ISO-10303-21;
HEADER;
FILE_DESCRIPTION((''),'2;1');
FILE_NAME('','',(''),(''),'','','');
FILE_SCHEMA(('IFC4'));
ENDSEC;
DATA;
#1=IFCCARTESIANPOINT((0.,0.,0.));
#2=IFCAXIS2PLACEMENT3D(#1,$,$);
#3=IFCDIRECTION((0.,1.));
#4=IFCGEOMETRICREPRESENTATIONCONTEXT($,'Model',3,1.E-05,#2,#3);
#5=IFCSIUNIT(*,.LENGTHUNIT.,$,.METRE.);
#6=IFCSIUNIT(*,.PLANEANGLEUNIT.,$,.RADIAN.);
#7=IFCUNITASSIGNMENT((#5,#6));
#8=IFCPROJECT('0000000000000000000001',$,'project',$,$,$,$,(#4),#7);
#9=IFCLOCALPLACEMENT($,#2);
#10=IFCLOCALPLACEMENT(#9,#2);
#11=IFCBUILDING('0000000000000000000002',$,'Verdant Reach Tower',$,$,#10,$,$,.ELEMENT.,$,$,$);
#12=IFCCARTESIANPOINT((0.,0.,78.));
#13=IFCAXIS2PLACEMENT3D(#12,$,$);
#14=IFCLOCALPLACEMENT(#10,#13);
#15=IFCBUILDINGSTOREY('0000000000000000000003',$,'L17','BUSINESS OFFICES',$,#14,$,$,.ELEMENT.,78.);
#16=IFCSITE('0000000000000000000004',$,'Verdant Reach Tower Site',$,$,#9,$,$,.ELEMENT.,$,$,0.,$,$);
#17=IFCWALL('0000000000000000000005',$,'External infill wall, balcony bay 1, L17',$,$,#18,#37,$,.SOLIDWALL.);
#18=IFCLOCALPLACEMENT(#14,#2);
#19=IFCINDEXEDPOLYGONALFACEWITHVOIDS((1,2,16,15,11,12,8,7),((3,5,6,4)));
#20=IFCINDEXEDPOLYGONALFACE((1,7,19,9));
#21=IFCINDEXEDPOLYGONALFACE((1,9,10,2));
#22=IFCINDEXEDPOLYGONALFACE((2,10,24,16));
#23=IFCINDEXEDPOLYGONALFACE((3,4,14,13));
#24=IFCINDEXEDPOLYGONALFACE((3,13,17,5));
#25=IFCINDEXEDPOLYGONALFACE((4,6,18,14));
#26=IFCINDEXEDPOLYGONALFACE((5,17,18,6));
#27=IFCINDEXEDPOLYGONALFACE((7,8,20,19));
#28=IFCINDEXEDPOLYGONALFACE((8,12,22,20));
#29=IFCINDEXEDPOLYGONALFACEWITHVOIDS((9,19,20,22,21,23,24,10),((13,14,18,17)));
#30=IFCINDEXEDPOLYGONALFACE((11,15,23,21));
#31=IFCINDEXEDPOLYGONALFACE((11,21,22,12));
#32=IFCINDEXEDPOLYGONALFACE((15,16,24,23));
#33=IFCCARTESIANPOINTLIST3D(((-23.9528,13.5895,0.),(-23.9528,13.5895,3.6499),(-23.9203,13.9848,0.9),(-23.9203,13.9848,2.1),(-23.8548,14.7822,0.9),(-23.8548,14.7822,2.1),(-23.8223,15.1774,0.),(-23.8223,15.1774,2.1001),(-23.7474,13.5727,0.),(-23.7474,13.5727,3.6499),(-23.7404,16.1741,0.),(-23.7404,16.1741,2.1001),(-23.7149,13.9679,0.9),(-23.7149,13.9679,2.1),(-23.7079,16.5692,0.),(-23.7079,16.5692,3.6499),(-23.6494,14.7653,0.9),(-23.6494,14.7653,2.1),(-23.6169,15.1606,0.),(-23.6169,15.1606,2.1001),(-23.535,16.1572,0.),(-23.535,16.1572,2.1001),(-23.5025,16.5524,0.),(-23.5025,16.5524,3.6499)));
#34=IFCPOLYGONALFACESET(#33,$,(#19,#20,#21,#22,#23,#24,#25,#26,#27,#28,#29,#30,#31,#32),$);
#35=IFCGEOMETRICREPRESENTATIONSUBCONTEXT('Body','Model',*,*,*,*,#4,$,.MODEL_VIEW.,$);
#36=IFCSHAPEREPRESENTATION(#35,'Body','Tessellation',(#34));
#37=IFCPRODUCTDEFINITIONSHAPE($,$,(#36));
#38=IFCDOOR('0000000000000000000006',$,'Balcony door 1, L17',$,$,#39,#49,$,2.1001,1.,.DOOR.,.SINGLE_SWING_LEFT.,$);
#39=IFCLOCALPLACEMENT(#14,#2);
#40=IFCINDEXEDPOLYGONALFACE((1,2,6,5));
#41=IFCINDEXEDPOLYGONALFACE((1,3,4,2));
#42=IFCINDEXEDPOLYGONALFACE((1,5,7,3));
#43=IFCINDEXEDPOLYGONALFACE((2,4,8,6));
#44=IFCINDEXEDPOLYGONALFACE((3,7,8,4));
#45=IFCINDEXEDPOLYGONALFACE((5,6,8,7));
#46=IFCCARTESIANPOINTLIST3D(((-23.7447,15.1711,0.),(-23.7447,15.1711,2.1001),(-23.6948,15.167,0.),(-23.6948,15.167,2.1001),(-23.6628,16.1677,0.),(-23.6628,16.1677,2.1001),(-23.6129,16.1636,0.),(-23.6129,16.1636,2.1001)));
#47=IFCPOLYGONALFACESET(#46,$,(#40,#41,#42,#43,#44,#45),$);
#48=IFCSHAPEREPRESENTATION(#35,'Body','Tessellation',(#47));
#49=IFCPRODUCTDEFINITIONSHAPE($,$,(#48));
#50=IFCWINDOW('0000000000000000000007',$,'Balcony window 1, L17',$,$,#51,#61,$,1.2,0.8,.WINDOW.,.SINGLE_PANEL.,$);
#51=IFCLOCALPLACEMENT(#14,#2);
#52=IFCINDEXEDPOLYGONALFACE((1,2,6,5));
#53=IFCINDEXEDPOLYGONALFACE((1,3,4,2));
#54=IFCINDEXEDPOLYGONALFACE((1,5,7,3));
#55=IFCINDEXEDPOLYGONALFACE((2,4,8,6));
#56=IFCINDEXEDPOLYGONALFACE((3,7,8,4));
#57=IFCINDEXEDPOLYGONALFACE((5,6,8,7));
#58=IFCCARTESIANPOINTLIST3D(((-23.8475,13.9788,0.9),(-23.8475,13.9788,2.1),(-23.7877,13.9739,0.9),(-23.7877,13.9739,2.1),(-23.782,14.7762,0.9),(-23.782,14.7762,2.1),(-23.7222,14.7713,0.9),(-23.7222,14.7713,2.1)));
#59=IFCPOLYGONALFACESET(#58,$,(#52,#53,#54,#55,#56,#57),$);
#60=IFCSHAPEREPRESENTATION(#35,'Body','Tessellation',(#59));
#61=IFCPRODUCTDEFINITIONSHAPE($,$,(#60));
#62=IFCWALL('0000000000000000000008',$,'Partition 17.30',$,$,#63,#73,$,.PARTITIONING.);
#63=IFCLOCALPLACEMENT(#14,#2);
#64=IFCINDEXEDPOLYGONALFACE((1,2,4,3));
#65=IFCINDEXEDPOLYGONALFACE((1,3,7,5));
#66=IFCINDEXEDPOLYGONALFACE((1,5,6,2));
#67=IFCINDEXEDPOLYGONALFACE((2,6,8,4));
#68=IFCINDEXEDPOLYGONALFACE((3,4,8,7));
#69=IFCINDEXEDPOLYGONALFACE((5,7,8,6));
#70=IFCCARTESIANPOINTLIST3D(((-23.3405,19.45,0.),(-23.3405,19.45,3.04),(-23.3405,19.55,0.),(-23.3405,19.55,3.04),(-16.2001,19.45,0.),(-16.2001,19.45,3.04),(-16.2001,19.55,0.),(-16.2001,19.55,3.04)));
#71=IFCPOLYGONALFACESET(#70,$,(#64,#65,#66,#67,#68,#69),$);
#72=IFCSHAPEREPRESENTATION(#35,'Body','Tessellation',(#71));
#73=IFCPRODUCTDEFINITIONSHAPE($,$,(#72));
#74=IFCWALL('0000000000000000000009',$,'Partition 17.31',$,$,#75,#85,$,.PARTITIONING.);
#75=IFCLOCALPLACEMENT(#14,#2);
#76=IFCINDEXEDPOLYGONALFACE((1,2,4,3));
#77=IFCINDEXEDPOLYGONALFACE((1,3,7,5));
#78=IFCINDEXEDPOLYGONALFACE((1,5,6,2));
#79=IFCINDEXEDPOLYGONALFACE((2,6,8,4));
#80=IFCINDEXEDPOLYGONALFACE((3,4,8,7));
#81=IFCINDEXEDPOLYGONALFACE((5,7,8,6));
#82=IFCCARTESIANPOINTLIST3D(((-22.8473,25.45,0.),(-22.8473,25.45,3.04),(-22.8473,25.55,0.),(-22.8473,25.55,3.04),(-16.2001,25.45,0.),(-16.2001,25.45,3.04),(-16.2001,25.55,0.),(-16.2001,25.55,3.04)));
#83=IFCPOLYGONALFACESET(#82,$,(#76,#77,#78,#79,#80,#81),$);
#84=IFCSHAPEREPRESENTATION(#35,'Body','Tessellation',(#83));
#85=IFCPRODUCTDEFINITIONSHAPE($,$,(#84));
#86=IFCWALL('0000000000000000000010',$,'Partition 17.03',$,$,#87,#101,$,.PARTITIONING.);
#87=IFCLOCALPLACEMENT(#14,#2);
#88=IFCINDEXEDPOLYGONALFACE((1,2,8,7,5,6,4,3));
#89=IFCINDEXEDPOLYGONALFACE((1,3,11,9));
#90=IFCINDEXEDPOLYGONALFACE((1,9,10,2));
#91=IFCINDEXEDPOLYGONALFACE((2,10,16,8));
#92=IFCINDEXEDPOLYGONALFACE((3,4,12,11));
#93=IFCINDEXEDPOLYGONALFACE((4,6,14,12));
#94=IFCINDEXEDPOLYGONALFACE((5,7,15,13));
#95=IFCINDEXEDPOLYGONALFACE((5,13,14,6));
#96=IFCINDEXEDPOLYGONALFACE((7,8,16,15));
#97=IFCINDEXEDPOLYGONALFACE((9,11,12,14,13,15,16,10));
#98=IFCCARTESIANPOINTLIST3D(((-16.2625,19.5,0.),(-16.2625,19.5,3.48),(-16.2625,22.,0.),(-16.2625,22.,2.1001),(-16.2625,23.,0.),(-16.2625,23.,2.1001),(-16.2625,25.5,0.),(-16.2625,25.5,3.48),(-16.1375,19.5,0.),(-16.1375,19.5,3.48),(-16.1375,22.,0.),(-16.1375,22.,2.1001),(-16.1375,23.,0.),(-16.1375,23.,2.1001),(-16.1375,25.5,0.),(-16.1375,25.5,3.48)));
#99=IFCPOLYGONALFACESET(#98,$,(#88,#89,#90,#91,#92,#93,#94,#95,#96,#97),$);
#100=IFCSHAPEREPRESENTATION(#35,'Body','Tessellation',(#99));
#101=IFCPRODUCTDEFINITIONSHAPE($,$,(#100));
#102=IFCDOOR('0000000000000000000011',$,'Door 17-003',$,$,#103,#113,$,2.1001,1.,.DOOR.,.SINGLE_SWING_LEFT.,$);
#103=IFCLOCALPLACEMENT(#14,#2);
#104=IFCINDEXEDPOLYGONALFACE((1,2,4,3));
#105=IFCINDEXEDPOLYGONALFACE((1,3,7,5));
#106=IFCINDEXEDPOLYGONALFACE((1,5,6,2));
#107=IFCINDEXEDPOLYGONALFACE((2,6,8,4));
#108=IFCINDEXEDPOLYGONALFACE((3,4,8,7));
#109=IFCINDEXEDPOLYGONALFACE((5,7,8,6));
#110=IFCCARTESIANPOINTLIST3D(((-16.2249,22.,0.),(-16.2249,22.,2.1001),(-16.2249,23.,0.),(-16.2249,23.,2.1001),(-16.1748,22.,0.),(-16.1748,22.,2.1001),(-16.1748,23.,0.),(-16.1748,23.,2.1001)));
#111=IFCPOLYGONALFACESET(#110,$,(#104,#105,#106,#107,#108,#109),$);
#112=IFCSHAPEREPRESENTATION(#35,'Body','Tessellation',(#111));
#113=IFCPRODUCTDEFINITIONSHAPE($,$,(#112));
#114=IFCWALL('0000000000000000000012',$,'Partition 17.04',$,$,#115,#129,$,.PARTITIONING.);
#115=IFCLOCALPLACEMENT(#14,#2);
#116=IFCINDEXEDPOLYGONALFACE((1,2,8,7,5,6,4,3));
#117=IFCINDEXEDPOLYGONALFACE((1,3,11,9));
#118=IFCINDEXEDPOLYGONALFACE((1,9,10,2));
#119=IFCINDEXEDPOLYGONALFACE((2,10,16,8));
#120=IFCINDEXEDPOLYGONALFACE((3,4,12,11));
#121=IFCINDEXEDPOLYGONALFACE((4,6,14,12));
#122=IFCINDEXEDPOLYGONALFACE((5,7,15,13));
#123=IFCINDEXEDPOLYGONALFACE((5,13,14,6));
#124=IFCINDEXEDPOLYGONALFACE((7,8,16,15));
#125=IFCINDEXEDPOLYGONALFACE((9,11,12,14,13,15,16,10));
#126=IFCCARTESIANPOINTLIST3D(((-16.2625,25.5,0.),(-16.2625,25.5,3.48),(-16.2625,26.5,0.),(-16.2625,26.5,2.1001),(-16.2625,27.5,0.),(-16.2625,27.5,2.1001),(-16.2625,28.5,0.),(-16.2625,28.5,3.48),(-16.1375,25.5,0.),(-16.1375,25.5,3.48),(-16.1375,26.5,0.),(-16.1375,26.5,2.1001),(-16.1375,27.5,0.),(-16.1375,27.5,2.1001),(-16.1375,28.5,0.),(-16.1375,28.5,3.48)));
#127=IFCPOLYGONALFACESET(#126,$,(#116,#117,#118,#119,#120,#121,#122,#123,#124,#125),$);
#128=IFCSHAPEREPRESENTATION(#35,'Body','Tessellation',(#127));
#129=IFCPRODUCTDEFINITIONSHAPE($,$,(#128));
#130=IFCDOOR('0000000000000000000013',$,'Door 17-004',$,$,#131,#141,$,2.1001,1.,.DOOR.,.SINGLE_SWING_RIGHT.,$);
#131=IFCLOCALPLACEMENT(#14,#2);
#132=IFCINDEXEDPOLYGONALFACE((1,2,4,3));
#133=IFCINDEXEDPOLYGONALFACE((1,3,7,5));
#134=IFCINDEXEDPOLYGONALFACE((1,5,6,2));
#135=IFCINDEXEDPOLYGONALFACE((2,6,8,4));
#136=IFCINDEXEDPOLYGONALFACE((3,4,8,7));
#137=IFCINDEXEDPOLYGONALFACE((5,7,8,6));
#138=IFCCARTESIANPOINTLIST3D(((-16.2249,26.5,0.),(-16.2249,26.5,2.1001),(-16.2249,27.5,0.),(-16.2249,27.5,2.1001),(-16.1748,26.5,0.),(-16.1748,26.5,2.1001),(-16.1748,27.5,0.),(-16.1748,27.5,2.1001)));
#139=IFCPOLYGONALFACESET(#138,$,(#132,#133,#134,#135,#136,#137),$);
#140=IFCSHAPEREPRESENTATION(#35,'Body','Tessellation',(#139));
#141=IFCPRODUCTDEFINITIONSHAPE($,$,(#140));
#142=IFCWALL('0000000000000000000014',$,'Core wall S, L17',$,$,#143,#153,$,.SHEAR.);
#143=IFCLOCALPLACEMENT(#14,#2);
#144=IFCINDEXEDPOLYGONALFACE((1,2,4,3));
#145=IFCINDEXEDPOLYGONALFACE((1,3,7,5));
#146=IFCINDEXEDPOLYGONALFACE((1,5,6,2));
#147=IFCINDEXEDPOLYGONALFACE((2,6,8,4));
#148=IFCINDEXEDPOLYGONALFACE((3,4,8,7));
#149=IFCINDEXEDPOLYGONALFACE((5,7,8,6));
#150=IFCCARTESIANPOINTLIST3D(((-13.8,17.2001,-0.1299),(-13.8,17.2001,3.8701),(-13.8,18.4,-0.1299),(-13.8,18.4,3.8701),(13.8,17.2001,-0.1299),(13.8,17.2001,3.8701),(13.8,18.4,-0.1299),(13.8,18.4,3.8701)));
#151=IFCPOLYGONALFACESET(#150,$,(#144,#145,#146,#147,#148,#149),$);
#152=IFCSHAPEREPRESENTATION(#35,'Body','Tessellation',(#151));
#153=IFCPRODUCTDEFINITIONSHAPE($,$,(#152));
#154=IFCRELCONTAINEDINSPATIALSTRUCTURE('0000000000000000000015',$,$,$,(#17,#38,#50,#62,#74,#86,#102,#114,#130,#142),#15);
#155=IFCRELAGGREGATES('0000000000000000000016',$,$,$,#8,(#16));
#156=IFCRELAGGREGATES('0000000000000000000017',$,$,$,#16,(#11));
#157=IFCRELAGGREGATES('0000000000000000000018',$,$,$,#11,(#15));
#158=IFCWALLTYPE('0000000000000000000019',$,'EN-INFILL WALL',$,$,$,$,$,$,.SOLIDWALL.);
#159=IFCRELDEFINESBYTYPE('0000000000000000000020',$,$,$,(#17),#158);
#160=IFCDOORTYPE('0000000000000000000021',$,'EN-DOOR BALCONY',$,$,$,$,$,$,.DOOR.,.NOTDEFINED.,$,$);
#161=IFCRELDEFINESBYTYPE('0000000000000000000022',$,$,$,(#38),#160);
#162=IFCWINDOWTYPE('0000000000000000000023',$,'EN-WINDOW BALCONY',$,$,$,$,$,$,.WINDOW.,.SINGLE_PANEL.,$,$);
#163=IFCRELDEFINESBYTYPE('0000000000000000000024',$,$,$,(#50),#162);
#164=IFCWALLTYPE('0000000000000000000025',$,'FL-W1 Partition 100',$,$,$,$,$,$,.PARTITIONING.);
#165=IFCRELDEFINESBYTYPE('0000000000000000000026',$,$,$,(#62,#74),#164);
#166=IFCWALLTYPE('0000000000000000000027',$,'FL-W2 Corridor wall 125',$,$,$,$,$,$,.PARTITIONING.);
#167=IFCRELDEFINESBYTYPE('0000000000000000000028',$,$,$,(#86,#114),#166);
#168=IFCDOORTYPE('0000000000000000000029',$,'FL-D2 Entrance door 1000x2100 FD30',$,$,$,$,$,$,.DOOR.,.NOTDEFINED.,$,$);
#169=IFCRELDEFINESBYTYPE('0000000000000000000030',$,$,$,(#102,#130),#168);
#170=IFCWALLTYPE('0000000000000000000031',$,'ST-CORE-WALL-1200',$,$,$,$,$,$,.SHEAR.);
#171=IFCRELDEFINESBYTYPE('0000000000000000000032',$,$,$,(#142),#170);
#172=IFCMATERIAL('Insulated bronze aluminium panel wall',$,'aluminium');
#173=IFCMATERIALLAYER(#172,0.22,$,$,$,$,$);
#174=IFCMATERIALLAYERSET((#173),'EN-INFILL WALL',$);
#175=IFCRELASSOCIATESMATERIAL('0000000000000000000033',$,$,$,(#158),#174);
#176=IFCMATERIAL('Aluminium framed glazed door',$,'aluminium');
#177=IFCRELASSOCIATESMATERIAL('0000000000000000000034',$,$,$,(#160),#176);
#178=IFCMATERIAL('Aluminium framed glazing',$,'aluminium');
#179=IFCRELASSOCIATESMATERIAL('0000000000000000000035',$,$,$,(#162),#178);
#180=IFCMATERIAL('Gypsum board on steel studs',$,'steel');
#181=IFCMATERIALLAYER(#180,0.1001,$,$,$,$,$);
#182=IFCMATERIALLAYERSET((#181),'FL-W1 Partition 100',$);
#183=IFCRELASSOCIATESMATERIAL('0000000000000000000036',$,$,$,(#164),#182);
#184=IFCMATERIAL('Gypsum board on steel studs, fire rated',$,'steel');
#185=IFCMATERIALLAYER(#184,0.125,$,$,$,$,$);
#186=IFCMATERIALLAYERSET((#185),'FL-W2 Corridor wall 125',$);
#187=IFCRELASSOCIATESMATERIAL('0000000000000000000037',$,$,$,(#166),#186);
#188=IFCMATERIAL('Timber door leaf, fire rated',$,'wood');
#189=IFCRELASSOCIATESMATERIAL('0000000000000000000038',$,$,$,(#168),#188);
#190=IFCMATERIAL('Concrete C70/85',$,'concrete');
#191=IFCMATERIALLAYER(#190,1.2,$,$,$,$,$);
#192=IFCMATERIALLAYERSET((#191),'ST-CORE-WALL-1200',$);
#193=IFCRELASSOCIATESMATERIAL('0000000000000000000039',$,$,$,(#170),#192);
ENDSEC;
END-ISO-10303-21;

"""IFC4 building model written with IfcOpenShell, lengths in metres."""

from ifc_helpers import new_model, si_unit, direction, frame, frame_2d, origin, place, context, subcontext, project, spatial, rectangle, extrude, material, layer, layer_set, type_object, element, fill, save


model = new_model("IFC4")

# Units and contexts
model_context = context("Model", 3, precision=1e-05, world=origin(), true_north=direction((0.0, 1.0)))
body_context = subcontext(model_context, "Body", "Model", "MODEL_VIEW")
ifc_project = project(units=[si_unit("LENGTHUNIT", "METRE"), si_unit("PLANEANGLEUNIT", "RADIAN")], contexts=[model_context])

# Site, building, storey
site_placement = place(None, origin())
site = spatial("IfcSite", under=ifc_project, at=site_placement, Name="Verdant Reach Tower Site", CompositionType="ELEMENT", RefElevation=0.0)
building_placement = place(site_placement, origin())
building = spatial("IfcBuilding", under=site, at=building_placement, Name="Verdant Reach Tower", CompositionType="ELEMENT")
storey_placement = place(building_placement, frame((0.0, 0.0, 78.0)))
storey = spatial("IfcBuildingStorey", under=building, at=storey_placement, Name="L17", Description="BUSINESS OFFICES", CompositionType="ELEMENT", Elevation=78.0)

# Wall, openings, door, window
ifc_material_1 = material(Name="Insulated bronze aluminium panel wall", Category="aluminium")
ifc_layer_1 = layer(ifc_material_1, 0.22)
ifc_layer_set_1 = layer_set([ifc_layer_1], Name="EN-INFILL WALL")
wall_type_1 = type_object("IfcWallType", Name="EN-INFILL WALL", PredefinedType="SOLIDWALL", material=ifc_layer_set_1)
wall_1_placement = place(storey_placement, frame((-23.6052, 16.5608, 0.0), z_axis=(0.0, 0.0, 1.0), x_axis=(-0.081903, -0.99664, 0.0)))
wall_1 = element("IfcWall", 1, at=wall_1_placement, inside=storey, type_object=wall_type_1, Name="External infill wall, balcony bay 1, L17", PredefinedType="SOLIDWALL", context=body_context, shape_type="SweptSolid", body=[
    extrude(rectangle(XDim=2.9897, YDim=0.2061, at=frame_2d((1.4949, 0.0))), origin(), (0.0, 0.0, 1.0), 3.6499),
])
opening_1_placement = place(wall_1_placement, frame((0.3965, 0.0, 0.0)))
opening_1 = element("IfcOpeningElement", 2, at=opening_1_placement, cuts=wall_1, PredefinedType="OPENING", context=body_context, shape_type="SweptSolid", body=[
    extrude(rectangle(XDim=1.0, YDim=2.1001, at=frame_2d((0.5, 1.05))), frame((0.0, 0.113, 0.0), z_axis=(0.0, -1.0, 0.0), x_axis=(1.0, 0.0, 0.0)), (0.0, 0.0, 1.0), 0.2261),
])
opening_2_placement = place(wall_1_placement, frame((1.7932, 0.0, 0.8999)))
opening_2 = element("IfcOpeningElement", 3, at=opening_2_placement, cuts=wall_1, PredefinedType="OPENING", context=body_context, shape_type="SweptSolid", body=[
    extrude(rectangle(XDim=0.8, YDim=1.2, at=frame_2d((0.3999, 0.6001))), frame((0.0, 0.113, 0.0), z_axis=(0.0, -1.0, 0.0), x_axis=(1.0, 0.0, 0.0)), (0.0, 0.0, 1.0), 0.2261),
])
ifc_material_2 = material(Name="Aluminium framed glazed door", Category="aluminium")
door_type_1 = type_object("IfcDoorType", Name="EN-DOOR BALCONY", OperationType="NOTDEFINED", PredefinedType="DOOR", material=ifc_material_2)
door_1_placement = place(opening_1_placement, origin())
door_1 = element("IfcDoor", 4, at=door_1_placement, inside=storey, type_object=door_type_1, Name="Balcony door 1, L17", OperationType="SINGLE_SWING_LEFT", OverallHeight=2.1001, OverallWidth=1.0, PredefinedType="DOOR", context=body_context, shape_type="SweptSolid", body=[
    extrude(rectangle(XDim=1.0, YDim=2.1001, at=frame_2d((0.5, 1.05))), frame((0.0, 0.0249, 0.0), z_axis=(0.0, -1.0, 0.0), x_axis=(1.0, 0.0, 0.0)), (0.0, 0.0, 1.0), 0.05),
])
fill(opening_1, door_1)
ifc_material_3 = material(Name="Aluminium framed glazing", Category="aluminium")
window_type = type_object("IfcWindowType", Name="EN-WINDOW BALCONY", PartitioningType="SINGLE_PANEL", PredefinedType="WINDOW", material=ifc_material_3)
window_placement = place(opening_2_placement, origin())
window = element("IfcWindow", 5, at=window_placement, inside=storey, type_object=window_type, Name="Balcony window 1, L17", OverallHeight=1.2, OverallWidth=0.8, PartitioningType="SINGLE_PANEL", PredefinedType="WINDOW", context=body_context, shape_type="SweptSolid", body=[
    extrude(rectangle(XDim=0.8, YDim=1.2, at=frame_2d((0.3999, 0.6001))), frame((0.0, 0.03, 0.0), z_axis=(0.0, -1.0, 0.0), x_axis=(1.0, 0.0, 0.0)), (0.0, 0.0, 1.0), 0.0601),
])
fill(opening_2, window)

# Walls
ifc_material_4 = material(Name="Gypsum board on steel studs", Category="steel")
ifc_layer_2 = layer(ifc_material_4, 0.1001)
ifc_layer_set_2 = layer_set([ifc_layer_2], Name="FL-W1 Partition 100")
wall_type_2 = type_object("IfcWallType", Name="FL-W1 Partition 100", PredefinedType="PARTITIONING", material=ifc_layer_set_2)
wall_2_placement = place(storey_placement, frame((-16.2, 19.5, 0.0), z_axis=(0.0, 0.0, 1.0), x_axis=(-1.0, 0.0, 0.0)))
element("IfcWall", 6, at=wall_2_placement, inside=storey, type_object=wall_type_2, Name="Partition 17.30", PredefinedType="PARTITIONING", context=body_context, shape_type="SweptSolid", body=[
    extrude(rectangle(XDim=7.1404, YDim=0.1001, at=frame_2d((3.5703, 0.0))), origin(), (0.0, 0.0, 1.0), 3.04),
])
wall_3_placement = place(storey_placement, frame((-16.2, 25.5, 0.0), z_axis=(0.0, 0.0, 1.0), x_axis=(-1.0, 0.0, 0.0)))
element("IfcWall", 7, at=wall_3_placement, inside=storey, type_object=wall_type_2, Name="Partition 17.31", PredefinedType="PARTITIONING", context=body_context, shape_type="SweptSolid", body=[
    extrude(rectangle(XDim=6.6472, YDim=0.1001, at=frame_2d((3.3237, 0.0))), origin(), (0.0, 0.0, 1.0), 3.04),
])

# Walls, openings, doors
ifc_material_5 = material(Name="Gypsum board on steel studs, fire rated", Category="steel")
ifc_layer_3 = layer(ifc_material_5, 0.125)
ifc_layer_set_3 = layer_set([ifc_layer_3], Name="FL-W2 Corridor wall 125")
wall_type_3 = type_object("IfcWallType", Name="FL-W2 Corridor wall 125", PredefinedType="PARTITIONING", material=ifc_layer_set_3)
wall_4_placement = place(storey_placement, frame((-16.2, 19.5, 0.0), z_axis=(0.0, 0.0, 1.0), x_axis=(0.0, 1.0, 0.0)))
wall_4 = element("IfcWall", 8, at=wall_4_placement, inside=storey, type_object=wall_type_3, Name="Partition 17.03", PredefinedType="PARTITIONING", context=body_context, shape_type="SweptSolid", body=[
    extrude(rectangle(XDim=6.0, YDim=0.125, at=frame_2d((3.0, 0.0))), origin(), (0.0, 0.0, 1.0), 3.48),
])
opening_3_placement = place(wall_4_placement, frame((2.5, 0.0, 0.0)))
opening_3 = element("IfcOpeningElement", 9, at=opening_3_placement, cuts=wall_4, PredefinedType="OPENING", context=body_context, shape_type="SweptSolid", body=[
    extrude(rectangle(XDim=1.0, YDim=2.1001, at=frame_2d((0.5, 1.05))), frame((0.0, 0.0725, 0.0), z_axis=(0.0, -1.0, 0.0), x_axis=(1.0, 0.0, 0.0)), (0.0, 0.0, 1.0), 0.145),
])
ifc_material_6 = material(Name="Timber door leaf, fire rated", Category="wood")
door_type_2 = type_object("IfcDoorType", Name="FL-D2 Entrance door 1000x2100 FD30", OperationType="NOTDEFINED", PredefinedType="DOOR", material=ifc_material_6)
door_2_placement = place(opening_3_placement, origin())
door_2 = element("IfcDoor", 10, at=door_2_placement, inside=storey, type_object=door_type_2, Name="Door 17-003", OperationType="SINGLE_SWING_LEFT", OverallHeight=2.1001, OverallWidth=1.0, PredefinedType="DOOR", context=body_context, shape_type="SweptSolid", body=[
    extrude(rectangle(XDim=1.0, YDim=2.1001, at=frame_2d((0.5, 1.05))), frame((0.0, 0.0249, 0.0), z_axis=(0.0, -1.0, 0.0), x_axis=(1.0, 0.0, 0.0)), (0.0, 0.0, 1.0), 0.05),
])
fill(opening_3, door_2)
wall_5_placement = place(storey_placement, frame((-16.2, 25.5, 0.0), z_axis=(0.0, 0.0, 1.0), x_axis=(0.0, 1.0, 0.0)))
wall_5 = element("IfcWall", 11, at=wall_5_placement, inside=storey, type_object=wall_type_3, Name="Partition 17.04", PredefinedType="PARTITIONING", context=body_context, shape_type="SweptSolid", body=[
    extrude(rectangle(XDim=3.0, YDim=0.125, at=frame_2d((1.5, 0.0))), origin(), (0.0, 0.0, 1.0), 3.48),
])
opening_4_placement = place(wall_5_placement, frame((1.0, 0.0, 0.0)))
opening_4 = element("IfcOpeningElement", 12, at=opening_4_placement, cuts=wall_5, PredefinedType="OPENING", context=body_context, shape_type="SweptSolid", body=[
    extrude(rectangle(XDim=1.0, YDim=2.1001, at=frame_2d((0.5, 1.05))), frame((0.0, 0.0725, 0.0), z_axis=(0.0, -1.0, 0.0), x_axis=(1.0, 0.0, 0.0)), (0.0, 0.0, 1.0), 0.145),
])
door_3_placement = place(opening_4_placement, origin())
door_3 = element("IfcDoor", 13, at=door_3_placement, inside=storey, type_object=door_type_2, Name="Door 17-004", OperationType="SINGLE_SWING_RIGHT", OverallHeight=2.1001, OverallWidth=1.0, PredefinedType="DOOR", context=body_context, shape_type="SweptSolid", body=[
    extrude(rectangle(XDim=1.0, YDim=2.1001, at=frame_2d((0.5, 1.05))), frame((0.0, 0.0249, 0.0), z_axis=(0.0, -1.0, 0.0), x_axis=(1.0, 0.0, 0.0)), (0.0, 0.0, 1.0), 0.05),
])
fill(opening_4, door_3)

# Wall
ifc_material_7 = material(Name="Concrete C70/85", Category="concrete")
ifc_layer_4 = layer(ifc_material_7, 1.2)
ifc_layer_set_4 = layer_set([ifc_layer_4], Name="ST-CORE-WALL-1200")
wall_type_4 = type_object("IfcWallType", Name="ST-CORE-WALL-1200", PredefinedType="SHEAR", material=ifc_layer_set_4)
wall_6_placement = place(storey_placement, frame((-13.8, 17.8, -0.1299), z_axis=(0.0, 0.0, 1.0), x_axis=(1.0, 0.0, 0.0)))
element("IfcWall", 14, at=wall_6_placement, inside=storey, type_object=wall_type_4, Name="Core wall S, L17", PredefinedType="SHEAR", context=body_context, shape_type="SweptSolid", body=[
    extrude(rectangle(XDim=27.6001, YDim=1.2, at=frame_2d((13.8, 0.0))), origin(), (0.0, 0.0, 1.0), 4.0),
])

save(model, "model.ifc")
